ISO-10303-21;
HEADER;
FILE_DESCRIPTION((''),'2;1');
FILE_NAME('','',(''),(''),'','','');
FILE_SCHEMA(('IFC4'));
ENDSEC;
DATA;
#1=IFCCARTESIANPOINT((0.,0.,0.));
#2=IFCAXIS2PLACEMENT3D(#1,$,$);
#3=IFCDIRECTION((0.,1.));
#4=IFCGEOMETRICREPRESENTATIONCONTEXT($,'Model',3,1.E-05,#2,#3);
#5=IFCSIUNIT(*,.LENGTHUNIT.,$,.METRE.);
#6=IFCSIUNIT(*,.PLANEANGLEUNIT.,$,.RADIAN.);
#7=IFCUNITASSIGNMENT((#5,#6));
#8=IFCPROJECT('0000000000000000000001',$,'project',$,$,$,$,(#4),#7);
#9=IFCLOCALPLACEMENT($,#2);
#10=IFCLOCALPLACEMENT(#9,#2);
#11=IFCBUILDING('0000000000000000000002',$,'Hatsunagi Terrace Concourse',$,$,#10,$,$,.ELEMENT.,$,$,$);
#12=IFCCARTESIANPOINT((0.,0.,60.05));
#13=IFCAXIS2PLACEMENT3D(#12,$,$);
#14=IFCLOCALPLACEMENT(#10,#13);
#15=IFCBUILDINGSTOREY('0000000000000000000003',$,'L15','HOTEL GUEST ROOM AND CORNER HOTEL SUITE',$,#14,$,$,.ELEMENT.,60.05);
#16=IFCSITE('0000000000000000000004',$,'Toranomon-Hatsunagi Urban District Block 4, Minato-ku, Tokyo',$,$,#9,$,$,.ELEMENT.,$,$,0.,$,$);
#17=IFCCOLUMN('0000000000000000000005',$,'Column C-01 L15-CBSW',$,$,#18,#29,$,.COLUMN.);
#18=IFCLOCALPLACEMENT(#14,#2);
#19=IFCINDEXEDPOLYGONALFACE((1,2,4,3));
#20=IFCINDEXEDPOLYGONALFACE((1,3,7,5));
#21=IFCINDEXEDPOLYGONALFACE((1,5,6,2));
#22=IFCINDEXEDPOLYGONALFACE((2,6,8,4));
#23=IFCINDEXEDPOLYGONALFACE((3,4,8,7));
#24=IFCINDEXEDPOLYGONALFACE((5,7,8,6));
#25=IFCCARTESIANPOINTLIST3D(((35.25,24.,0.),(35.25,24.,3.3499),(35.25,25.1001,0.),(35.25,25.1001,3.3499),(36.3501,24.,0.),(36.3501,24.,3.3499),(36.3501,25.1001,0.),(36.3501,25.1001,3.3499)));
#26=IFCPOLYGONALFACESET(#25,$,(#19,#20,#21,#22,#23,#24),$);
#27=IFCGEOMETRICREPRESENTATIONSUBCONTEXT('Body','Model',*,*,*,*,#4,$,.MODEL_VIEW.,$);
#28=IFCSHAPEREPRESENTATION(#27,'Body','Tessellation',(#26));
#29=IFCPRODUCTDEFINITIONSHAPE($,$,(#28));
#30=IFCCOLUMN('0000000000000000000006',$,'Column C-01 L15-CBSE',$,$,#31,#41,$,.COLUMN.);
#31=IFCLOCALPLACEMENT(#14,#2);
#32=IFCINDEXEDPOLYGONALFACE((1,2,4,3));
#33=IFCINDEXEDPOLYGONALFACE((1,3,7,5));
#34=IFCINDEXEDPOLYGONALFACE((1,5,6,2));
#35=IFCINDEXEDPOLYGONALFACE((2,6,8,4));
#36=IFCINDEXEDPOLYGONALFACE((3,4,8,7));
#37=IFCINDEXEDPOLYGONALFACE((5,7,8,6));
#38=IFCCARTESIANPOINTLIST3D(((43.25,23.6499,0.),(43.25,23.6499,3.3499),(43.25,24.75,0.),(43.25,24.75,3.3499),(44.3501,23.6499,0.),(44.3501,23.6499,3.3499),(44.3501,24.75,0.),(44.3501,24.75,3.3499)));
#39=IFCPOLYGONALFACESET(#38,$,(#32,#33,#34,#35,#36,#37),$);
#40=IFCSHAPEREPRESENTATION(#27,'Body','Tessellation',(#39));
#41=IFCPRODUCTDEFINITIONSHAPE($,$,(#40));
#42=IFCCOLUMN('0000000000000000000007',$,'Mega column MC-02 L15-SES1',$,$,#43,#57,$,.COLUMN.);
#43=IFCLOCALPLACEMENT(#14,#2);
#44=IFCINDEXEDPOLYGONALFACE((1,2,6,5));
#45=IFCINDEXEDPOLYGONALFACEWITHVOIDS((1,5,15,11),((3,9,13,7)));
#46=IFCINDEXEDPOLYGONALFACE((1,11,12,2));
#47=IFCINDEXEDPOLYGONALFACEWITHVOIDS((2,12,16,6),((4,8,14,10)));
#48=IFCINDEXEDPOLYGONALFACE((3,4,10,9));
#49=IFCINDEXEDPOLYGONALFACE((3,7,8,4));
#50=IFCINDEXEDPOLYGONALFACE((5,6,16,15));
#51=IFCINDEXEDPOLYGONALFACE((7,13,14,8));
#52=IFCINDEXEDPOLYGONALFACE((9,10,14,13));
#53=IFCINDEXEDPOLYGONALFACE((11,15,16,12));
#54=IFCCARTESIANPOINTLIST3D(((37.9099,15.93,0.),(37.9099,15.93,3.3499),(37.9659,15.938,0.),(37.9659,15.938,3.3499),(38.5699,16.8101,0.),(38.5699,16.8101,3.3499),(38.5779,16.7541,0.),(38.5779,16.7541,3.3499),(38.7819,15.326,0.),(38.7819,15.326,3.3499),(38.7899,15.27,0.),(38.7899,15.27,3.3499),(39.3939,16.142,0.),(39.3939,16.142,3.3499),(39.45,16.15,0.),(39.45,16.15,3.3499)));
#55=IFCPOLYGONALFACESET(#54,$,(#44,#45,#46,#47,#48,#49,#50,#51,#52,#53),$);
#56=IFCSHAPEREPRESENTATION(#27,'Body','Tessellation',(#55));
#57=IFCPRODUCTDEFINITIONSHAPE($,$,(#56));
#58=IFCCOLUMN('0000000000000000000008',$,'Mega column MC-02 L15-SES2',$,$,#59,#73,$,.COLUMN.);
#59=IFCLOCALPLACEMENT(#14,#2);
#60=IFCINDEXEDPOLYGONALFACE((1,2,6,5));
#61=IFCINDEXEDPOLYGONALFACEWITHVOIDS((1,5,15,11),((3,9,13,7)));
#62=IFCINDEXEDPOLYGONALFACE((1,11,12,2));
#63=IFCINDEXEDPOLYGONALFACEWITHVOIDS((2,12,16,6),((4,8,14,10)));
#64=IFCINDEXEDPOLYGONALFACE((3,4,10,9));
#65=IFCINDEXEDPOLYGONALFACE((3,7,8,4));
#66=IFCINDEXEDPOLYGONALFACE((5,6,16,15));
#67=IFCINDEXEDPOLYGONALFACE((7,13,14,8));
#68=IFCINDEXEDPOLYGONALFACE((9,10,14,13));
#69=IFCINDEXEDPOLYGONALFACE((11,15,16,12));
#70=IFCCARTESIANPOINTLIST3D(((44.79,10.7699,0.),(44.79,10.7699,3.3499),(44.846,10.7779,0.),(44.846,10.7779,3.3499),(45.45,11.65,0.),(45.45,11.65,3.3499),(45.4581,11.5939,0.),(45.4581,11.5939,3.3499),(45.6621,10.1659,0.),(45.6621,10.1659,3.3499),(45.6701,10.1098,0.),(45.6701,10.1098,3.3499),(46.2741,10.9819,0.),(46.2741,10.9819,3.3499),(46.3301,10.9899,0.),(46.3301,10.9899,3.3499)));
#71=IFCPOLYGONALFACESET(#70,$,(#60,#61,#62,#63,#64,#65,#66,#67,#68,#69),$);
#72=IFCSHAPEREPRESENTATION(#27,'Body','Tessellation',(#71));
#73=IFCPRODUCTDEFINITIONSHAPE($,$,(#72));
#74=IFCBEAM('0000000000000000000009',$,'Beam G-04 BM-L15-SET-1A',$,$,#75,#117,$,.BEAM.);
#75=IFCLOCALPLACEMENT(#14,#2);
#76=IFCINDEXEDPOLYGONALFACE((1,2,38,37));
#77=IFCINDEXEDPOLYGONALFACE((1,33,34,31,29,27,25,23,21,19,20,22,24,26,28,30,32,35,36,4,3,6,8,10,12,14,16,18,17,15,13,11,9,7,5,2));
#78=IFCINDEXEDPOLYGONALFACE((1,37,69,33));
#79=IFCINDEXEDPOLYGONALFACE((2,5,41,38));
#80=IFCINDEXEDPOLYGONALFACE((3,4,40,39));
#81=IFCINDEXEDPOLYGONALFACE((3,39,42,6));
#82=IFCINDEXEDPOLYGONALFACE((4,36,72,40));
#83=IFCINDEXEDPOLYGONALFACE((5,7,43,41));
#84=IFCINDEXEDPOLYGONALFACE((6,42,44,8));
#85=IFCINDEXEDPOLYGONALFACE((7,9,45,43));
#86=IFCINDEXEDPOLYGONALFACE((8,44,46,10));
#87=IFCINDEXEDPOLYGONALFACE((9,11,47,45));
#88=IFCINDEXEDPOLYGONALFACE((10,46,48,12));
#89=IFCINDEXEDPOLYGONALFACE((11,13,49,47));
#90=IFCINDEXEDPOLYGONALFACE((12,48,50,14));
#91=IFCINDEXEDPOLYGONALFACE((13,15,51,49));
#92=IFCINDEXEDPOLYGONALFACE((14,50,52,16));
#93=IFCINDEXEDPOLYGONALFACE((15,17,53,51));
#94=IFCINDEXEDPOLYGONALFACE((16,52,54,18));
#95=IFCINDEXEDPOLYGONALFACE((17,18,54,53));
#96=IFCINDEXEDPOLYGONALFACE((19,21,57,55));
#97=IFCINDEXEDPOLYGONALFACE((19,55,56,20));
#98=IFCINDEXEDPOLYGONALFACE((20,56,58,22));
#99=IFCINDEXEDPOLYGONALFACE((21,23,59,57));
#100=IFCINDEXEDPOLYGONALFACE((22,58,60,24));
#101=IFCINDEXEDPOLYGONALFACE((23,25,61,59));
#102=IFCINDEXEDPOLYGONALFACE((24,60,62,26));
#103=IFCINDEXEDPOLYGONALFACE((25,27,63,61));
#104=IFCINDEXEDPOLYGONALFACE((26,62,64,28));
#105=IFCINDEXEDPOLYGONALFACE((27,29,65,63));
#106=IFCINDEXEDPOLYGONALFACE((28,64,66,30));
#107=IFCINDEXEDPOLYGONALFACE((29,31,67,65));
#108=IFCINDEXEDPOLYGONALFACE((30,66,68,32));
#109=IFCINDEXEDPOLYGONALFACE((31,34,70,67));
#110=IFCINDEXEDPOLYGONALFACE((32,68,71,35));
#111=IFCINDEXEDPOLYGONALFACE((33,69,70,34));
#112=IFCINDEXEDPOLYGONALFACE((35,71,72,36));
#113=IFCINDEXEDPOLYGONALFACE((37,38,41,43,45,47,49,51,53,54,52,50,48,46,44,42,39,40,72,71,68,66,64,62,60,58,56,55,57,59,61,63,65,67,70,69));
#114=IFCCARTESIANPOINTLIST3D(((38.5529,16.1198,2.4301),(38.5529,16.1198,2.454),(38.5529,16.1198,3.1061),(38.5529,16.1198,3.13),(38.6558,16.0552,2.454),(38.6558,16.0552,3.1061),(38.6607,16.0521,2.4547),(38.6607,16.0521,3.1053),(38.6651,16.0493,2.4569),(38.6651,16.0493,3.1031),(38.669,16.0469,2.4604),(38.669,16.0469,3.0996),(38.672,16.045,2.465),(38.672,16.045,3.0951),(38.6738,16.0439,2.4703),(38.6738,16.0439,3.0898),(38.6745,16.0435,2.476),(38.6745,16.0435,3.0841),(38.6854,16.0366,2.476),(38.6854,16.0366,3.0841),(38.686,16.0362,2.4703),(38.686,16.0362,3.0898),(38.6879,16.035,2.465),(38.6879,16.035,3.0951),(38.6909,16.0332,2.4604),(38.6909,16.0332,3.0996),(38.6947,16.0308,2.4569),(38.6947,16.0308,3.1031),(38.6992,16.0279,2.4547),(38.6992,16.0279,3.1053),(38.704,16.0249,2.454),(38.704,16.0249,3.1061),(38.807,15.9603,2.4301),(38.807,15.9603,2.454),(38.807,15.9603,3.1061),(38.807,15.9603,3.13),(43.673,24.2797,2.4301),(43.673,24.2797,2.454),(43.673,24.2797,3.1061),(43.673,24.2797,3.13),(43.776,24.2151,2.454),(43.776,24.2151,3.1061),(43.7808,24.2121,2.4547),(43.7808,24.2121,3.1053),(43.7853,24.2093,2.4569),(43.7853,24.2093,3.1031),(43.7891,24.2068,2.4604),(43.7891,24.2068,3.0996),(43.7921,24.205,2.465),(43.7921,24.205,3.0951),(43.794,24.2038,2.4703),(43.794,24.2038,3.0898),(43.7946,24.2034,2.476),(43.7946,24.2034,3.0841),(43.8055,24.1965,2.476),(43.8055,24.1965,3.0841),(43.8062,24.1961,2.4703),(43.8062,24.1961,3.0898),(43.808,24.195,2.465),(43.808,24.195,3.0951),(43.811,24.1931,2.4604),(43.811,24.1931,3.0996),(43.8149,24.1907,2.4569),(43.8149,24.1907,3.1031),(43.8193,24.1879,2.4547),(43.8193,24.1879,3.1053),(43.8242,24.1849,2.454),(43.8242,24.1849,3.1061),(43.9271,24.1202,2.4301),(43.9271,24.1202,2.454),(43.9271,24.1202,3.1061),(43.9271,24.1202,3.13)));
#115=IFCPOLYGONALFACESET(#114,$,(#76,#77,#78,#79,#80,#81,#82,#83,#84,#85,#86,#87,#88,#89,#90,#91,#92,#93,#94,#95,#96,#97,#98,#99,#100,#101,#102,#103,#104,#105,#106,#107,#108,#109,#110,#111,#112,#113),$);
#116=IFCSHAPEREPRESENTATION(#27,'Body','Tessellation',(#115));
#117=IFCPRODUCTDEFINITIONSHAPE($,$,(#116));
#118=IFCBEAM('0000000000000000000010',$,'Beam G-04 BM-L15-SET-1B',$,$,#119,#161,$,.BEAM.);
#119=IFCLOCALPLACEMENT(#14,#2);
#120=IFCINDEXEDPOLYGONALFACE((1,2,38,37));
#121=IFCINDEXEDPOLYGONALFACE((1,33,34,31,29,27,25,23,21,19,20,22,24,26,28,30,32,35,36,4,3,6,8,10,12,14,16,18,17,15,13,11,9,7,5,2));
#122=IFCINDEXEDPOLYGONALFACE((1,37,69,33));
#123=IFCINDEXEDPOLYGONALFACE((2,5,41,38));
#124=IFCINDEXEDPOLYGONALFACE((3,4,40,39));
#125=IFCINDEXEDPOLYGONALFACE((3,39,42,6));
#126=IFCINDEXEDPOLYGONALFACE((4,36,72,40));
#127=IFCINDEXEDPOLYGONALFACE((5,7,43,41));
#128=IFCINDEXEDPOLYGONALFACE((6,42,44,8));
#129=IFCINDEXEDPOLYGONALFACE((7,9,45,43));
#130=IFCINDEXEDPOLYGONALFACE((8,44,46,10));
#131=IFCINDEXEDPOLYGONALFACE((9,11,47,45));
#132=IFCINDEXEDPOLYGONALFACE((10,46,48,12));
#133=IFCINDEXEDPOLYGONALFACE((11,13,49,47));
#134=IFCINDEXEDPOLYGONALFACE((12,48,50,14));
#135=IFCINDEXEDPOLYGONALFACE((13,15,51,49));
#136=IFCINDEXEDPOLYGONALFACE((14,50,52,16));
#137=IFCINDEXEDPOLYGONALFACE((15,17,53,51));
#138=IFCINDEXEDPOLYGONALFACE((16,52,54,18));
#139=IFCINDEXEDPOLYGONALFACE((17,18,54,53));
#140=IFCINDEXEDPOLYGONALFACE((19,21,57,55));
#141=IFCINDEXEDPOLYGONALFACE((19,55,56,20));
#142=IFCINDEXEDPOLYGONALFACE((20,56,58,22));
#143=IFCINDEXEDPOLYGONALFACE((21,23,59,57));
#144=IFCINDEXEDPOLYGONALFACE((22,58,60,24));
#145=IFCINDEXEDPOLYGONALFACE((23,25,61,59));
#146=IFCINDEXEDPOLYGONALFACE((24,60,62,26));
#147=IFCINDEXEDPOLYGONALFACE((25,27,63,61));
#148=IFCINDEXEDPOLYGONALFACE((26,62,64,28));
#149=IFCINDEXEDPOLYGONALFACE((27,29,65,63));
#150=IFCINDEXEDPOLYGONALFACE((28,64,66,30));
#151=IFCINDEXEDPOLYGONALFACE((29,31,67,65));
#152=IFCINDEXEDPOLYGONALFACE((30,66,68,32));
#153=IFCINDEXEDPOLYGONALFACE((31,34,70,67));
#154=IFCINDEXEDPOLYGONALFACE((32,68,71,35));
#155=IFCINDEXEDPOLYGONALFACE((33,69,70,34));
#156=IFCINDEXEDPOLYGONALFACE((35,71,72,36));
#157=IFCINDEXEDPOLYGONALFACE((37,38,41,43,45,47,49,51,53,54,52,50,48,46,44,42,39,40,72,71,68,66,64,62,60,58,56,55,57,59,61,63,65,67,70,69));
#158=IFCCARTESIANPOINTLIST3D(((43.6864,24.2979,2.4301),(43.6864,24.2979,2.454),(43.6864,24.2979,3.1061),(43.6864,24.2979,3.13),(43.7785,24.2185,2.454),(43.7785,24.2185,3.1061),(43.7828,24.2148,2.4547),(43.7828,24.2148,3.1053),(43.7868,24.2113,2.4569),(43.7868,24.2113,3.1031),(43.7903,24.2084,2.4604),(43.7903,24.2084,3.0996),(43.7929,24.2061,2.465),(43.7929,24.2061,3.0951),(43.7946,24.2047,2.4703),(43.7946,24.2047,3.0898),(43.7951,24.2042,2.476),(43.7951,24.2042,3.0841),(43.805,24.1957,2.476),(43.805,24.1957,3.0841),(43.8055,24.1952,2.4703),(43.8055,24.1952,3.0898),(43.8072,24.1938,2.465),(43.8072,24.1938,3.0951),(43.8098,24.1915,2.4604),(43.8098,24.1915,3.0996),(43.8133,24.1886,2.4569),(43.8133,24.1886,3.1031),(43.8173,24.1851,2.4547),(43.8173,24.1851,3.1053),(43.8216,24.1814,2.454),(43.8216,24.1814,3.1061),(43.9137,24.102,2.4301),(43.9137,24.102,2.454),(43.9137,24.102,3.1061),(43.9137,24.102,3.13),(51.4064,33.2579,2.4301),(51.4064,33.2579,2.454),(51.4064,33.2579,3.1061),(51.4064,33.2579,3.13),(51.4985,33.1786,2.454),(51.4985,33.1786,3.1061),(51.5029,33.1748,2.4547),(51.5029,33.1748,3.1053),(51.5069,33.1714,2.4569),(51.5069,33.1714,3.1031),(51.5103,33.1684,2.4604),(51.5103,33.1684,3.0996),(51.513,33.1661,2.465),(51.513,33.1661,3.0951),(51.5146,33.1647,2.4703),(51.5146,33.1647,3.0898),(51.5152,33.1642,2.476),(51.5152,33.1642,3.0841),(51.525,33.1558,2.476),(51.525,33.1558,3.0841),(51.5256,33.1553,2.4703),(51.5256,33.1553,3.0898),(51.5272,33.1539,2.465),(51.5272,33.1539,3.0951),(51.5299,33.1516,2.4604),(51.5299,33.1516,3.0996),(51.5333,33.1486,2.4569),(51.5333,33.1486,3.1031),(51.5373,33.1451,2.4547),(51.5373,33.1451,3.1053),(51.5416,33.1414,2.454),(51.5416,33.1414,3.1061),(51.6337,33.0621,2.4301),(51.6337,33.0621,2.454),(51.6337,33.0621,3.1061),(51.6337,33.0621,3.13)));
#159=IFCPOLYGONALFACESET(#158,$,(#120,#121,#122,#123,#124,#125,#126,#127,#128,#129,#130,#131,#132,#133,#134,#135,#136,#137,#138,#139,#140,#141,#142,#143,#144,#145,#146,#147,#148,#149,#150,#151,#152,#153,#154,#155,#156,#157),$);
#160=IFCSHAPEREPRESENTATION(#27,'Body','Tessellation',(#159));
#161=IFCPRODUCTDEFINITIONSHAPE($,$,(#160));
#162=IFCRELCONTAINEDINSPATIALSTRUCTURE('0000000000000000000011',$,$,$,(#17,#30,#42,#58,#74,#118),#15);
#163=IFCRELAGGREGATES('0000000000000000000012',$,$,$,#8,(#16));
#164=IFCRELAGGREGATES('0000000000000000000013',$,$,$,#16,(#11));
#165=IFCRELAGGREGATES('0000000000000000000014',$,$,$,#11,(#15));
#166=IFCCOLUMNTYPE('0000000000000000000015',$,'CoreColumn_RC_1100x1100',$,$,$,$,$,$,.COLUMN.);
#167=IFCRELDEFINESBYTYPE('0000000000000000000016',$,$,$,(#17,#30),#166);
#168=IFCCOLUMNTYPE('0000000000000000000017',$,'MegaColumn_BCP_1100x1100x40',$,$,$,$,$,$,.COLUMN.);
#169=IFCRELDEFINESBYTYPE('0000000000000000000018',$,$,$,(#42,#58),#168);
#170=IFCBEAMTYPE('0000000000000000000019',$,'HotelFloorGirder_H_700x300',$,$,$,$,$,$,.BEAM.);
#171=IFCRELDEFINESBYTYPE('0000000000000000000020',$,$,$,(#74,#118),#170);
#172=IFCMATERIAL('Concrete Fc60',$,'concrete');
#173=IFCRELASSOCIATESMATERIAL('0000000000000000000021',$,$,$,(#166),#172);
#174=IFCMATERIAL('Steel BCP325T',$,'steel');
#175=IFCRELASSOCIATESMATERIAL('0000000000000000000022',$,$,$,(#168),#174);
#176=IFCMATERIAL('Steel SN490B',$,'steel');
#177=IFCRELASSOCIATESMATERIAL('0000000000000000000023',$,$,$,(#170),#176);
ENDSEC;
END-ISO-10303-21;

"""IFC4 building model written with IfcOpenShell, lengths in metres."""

from ifc_helpers import new_model, si_unit, direction, frame, origin, origin_2d, place, context, subcontext, project, spatial, rectangle, hollow_rectangle, i_section, extrude, material, material_profile, profile_set, type_object, element, save


model = new_model("IFC4")

# Units and contexts
model_context = context("Model", 3, precision=1e-05, world=origin(), true_north=direction((0.0, 1.0)))
body_context = subcontext(model_context, "Body", "Model", "MODEL_VIEW")
ifc_project = project(units=[si_unit("LENGTHUNIT", "METRE"), si_unit("PLANEANGLEUNIT", "RADIAN")], contexts=[model_context])

# Site, building, storey
site_placement = place(None, origin())
site = spatial("IfcSite", under=ifc_project, at=site_placement, Name="Toranomon-Hatsunagi Urban District Block 4, Minato-ku, Tokyo", CompositionType="ELEMENT", RefElevation=0.0)
building_placement = place(site_placement, origin())
building = spatial("IfcBuilding", under=site, at=building_placement, Name="Hatsunagi Terrace Concourse", CompositionType="ELEMENT")
storey_placement = place(building_placement, frame((0.0, 0.0, 60.05)))
storey = spatial("IfcBuildingStorey", under=building, at=storey_placement, Name="L15", Description="HOTEL GUEST ROOM AND CORNER HOTEL SUITE", CompositionType="ELEMENT", Elevation=60.05)

# Columns
ifc_material_1 = material(Name="Concrete Fc60", Category="concrete")
ifc_material_profile_1 = material_profile(ifc_material_1, rectangle(XDim=1.1001, YDim=1.1001, at=origin_2d()), Name="RC-1100x1100")
ifc_profile_set_1 = profile_set([ifc_material_profile_1], Name="Concrete Fc60")
column_type_1 = type_object("IfcColumnType", Name="CoreColumn_RC_1100x1100", PredefinedType="COLUMN", material=ifc_profile_set_1)
for number, where, z_axis, x_axis, name in (
    (1, (35.8, 24.55, 0.0), (0.0, 0.0, 1.0), (1.0, 0.0, 0.0), "Column C-01 L15-CBSW"),
    (2, (43.8, 24.2, 0.0), (0.0, 0.0, 1.0), (1.0, 0.0, 0.0), "Column C-01 L15-CBSE"),
):
    element("IfcColumn", number, at=place(storey_placement, frame(where, z_axis=z_axis, x_axis=x_axis)), inside=storey, type_object=column_type_1, Name=name, PredefinedType="COLUMN", context=body_context, shape_type="SweptSolid", body=[
        extrude(rectangle(XDim=1.1001, YDim=1.1001, at=origin_2d()), origin(), (0.0, 0.0, 1.0), 3.3499),
    ])
ifc_material_2 = material(Name="Steel BCP325T", Category="steel")
ifc_material_profile_2 = material_profile(ifc_material_2, hollow_rectangle(XDim=1.1001, YDim=1.1001, WallThickness=0.04, at=origin_2d()), Name="BCP-1100x1100x40")
ifc_profile_set_2 = profile_set([ifc_material_profile_2], Name="Steel BCP325T")
column_type_2 = type_object("IfcColumnType", Name="MegaColumn_BCP_1100x1100x40", PredefinedType="COLUMN", material=ifc_profile_set_2)
for number, where, z_axis, x_axis, name in (
    (3, (38.6799, 16.04, 0.0), (0.0, 0.0, 1.0), (0.8, -0.6, 0.0), "Mega column MC-02 L15-SES1"),
    (4, (45.5601, 10.8799, 0.0), (0.0, 0.0, 1.0), (0.8, -0.6, 0.0), "Mega column MC-02 L15-SES2"),
):
    element("IfcColumn", number, at=place(storey_placement, frame(where, z_axis=z_axis, x_axis=x_axis)), inside=storey, type_object=column_type_2, Name=name, PredefinedType="COLUMN", context=body_context, shape_type="SweptSolid", body=[
        extrude(hollow_rectangle(XDim=1.1001, YDim=1.1001, WallThickness=0.04, at=origin_2d()), origin(), (0.0, 0.0, 1.0), 3.3499),
    ])

# Beams
ifc_material_3 = material(Name="Steel SN490B", Category="steel")
ifc_material_profile_3 = material_profile(ifc_material_3, i_section(OverallWidth=0.3, OverallDepth=0.7, WebThickness=0.0129, FlangeThickness=0.0239, FilletRadius=0.022, at=origin_2d()), Name="H-700x300x13x24")
ifc_profile_set_3 = profile_set([ifc_material_profile_3], Name="Steel SN490B")
beam_type_1 = type_object("IfcBeamType", Name="HotelFloorGirder_H_700x300", PredefinedType="BEAM", material=ifc_profile_set_3)
beam_1_placement = place(storey_placement, frame((38.6799, 16.04, 2.78), z_axis=(0.531504, 0.847056, 0.0), x_axis=(-0.847056, 0.531504, 0.0)))
element("IfcBeam", 5, at=beam_1_placement, inside=storey, type_object=beam_type_1, Name="Beam G-04 BM-L15-SET-1A", PredefinedType="BEAM", context=body_context, shape_type="SweptSolid", body=[
    extrude(i_section(OverallWidth=0.3, OverallDepth=0.7, WebThickness=0.0129, FlangeThickness=0.0239, FilletRadius=0.022, at=origin_2d()), origin(), (0.0, 0.0, 1.0), 9.6333),
])
beam_2_placement = place(storey_placement, frame((43.8, 24.2, 2.78), z_axis=(0.652739, 0.757583, 0.0), x_axis=(-0.757583, 0.652739, 0.0)))
element("IfcBeam", 6, at=beam_2_placement, inside=storey, type_object=beam_type_1, Name="Beam G-04 BM-L15-SET-1B", PredefinedType="BEAM", context=body_context, shape_type="SweptSolid", body=[
    extrude(i_section(OverallWidth=0.3, OverallDepth=0.7, WebThickness=0.0129, FlangeThickness=0.0239, FilletRadius=0.022, at=origin_2d()), origin(), (0.0, 0.0, 1.0), 11.8271),
])

save(model, "model.ifc")
